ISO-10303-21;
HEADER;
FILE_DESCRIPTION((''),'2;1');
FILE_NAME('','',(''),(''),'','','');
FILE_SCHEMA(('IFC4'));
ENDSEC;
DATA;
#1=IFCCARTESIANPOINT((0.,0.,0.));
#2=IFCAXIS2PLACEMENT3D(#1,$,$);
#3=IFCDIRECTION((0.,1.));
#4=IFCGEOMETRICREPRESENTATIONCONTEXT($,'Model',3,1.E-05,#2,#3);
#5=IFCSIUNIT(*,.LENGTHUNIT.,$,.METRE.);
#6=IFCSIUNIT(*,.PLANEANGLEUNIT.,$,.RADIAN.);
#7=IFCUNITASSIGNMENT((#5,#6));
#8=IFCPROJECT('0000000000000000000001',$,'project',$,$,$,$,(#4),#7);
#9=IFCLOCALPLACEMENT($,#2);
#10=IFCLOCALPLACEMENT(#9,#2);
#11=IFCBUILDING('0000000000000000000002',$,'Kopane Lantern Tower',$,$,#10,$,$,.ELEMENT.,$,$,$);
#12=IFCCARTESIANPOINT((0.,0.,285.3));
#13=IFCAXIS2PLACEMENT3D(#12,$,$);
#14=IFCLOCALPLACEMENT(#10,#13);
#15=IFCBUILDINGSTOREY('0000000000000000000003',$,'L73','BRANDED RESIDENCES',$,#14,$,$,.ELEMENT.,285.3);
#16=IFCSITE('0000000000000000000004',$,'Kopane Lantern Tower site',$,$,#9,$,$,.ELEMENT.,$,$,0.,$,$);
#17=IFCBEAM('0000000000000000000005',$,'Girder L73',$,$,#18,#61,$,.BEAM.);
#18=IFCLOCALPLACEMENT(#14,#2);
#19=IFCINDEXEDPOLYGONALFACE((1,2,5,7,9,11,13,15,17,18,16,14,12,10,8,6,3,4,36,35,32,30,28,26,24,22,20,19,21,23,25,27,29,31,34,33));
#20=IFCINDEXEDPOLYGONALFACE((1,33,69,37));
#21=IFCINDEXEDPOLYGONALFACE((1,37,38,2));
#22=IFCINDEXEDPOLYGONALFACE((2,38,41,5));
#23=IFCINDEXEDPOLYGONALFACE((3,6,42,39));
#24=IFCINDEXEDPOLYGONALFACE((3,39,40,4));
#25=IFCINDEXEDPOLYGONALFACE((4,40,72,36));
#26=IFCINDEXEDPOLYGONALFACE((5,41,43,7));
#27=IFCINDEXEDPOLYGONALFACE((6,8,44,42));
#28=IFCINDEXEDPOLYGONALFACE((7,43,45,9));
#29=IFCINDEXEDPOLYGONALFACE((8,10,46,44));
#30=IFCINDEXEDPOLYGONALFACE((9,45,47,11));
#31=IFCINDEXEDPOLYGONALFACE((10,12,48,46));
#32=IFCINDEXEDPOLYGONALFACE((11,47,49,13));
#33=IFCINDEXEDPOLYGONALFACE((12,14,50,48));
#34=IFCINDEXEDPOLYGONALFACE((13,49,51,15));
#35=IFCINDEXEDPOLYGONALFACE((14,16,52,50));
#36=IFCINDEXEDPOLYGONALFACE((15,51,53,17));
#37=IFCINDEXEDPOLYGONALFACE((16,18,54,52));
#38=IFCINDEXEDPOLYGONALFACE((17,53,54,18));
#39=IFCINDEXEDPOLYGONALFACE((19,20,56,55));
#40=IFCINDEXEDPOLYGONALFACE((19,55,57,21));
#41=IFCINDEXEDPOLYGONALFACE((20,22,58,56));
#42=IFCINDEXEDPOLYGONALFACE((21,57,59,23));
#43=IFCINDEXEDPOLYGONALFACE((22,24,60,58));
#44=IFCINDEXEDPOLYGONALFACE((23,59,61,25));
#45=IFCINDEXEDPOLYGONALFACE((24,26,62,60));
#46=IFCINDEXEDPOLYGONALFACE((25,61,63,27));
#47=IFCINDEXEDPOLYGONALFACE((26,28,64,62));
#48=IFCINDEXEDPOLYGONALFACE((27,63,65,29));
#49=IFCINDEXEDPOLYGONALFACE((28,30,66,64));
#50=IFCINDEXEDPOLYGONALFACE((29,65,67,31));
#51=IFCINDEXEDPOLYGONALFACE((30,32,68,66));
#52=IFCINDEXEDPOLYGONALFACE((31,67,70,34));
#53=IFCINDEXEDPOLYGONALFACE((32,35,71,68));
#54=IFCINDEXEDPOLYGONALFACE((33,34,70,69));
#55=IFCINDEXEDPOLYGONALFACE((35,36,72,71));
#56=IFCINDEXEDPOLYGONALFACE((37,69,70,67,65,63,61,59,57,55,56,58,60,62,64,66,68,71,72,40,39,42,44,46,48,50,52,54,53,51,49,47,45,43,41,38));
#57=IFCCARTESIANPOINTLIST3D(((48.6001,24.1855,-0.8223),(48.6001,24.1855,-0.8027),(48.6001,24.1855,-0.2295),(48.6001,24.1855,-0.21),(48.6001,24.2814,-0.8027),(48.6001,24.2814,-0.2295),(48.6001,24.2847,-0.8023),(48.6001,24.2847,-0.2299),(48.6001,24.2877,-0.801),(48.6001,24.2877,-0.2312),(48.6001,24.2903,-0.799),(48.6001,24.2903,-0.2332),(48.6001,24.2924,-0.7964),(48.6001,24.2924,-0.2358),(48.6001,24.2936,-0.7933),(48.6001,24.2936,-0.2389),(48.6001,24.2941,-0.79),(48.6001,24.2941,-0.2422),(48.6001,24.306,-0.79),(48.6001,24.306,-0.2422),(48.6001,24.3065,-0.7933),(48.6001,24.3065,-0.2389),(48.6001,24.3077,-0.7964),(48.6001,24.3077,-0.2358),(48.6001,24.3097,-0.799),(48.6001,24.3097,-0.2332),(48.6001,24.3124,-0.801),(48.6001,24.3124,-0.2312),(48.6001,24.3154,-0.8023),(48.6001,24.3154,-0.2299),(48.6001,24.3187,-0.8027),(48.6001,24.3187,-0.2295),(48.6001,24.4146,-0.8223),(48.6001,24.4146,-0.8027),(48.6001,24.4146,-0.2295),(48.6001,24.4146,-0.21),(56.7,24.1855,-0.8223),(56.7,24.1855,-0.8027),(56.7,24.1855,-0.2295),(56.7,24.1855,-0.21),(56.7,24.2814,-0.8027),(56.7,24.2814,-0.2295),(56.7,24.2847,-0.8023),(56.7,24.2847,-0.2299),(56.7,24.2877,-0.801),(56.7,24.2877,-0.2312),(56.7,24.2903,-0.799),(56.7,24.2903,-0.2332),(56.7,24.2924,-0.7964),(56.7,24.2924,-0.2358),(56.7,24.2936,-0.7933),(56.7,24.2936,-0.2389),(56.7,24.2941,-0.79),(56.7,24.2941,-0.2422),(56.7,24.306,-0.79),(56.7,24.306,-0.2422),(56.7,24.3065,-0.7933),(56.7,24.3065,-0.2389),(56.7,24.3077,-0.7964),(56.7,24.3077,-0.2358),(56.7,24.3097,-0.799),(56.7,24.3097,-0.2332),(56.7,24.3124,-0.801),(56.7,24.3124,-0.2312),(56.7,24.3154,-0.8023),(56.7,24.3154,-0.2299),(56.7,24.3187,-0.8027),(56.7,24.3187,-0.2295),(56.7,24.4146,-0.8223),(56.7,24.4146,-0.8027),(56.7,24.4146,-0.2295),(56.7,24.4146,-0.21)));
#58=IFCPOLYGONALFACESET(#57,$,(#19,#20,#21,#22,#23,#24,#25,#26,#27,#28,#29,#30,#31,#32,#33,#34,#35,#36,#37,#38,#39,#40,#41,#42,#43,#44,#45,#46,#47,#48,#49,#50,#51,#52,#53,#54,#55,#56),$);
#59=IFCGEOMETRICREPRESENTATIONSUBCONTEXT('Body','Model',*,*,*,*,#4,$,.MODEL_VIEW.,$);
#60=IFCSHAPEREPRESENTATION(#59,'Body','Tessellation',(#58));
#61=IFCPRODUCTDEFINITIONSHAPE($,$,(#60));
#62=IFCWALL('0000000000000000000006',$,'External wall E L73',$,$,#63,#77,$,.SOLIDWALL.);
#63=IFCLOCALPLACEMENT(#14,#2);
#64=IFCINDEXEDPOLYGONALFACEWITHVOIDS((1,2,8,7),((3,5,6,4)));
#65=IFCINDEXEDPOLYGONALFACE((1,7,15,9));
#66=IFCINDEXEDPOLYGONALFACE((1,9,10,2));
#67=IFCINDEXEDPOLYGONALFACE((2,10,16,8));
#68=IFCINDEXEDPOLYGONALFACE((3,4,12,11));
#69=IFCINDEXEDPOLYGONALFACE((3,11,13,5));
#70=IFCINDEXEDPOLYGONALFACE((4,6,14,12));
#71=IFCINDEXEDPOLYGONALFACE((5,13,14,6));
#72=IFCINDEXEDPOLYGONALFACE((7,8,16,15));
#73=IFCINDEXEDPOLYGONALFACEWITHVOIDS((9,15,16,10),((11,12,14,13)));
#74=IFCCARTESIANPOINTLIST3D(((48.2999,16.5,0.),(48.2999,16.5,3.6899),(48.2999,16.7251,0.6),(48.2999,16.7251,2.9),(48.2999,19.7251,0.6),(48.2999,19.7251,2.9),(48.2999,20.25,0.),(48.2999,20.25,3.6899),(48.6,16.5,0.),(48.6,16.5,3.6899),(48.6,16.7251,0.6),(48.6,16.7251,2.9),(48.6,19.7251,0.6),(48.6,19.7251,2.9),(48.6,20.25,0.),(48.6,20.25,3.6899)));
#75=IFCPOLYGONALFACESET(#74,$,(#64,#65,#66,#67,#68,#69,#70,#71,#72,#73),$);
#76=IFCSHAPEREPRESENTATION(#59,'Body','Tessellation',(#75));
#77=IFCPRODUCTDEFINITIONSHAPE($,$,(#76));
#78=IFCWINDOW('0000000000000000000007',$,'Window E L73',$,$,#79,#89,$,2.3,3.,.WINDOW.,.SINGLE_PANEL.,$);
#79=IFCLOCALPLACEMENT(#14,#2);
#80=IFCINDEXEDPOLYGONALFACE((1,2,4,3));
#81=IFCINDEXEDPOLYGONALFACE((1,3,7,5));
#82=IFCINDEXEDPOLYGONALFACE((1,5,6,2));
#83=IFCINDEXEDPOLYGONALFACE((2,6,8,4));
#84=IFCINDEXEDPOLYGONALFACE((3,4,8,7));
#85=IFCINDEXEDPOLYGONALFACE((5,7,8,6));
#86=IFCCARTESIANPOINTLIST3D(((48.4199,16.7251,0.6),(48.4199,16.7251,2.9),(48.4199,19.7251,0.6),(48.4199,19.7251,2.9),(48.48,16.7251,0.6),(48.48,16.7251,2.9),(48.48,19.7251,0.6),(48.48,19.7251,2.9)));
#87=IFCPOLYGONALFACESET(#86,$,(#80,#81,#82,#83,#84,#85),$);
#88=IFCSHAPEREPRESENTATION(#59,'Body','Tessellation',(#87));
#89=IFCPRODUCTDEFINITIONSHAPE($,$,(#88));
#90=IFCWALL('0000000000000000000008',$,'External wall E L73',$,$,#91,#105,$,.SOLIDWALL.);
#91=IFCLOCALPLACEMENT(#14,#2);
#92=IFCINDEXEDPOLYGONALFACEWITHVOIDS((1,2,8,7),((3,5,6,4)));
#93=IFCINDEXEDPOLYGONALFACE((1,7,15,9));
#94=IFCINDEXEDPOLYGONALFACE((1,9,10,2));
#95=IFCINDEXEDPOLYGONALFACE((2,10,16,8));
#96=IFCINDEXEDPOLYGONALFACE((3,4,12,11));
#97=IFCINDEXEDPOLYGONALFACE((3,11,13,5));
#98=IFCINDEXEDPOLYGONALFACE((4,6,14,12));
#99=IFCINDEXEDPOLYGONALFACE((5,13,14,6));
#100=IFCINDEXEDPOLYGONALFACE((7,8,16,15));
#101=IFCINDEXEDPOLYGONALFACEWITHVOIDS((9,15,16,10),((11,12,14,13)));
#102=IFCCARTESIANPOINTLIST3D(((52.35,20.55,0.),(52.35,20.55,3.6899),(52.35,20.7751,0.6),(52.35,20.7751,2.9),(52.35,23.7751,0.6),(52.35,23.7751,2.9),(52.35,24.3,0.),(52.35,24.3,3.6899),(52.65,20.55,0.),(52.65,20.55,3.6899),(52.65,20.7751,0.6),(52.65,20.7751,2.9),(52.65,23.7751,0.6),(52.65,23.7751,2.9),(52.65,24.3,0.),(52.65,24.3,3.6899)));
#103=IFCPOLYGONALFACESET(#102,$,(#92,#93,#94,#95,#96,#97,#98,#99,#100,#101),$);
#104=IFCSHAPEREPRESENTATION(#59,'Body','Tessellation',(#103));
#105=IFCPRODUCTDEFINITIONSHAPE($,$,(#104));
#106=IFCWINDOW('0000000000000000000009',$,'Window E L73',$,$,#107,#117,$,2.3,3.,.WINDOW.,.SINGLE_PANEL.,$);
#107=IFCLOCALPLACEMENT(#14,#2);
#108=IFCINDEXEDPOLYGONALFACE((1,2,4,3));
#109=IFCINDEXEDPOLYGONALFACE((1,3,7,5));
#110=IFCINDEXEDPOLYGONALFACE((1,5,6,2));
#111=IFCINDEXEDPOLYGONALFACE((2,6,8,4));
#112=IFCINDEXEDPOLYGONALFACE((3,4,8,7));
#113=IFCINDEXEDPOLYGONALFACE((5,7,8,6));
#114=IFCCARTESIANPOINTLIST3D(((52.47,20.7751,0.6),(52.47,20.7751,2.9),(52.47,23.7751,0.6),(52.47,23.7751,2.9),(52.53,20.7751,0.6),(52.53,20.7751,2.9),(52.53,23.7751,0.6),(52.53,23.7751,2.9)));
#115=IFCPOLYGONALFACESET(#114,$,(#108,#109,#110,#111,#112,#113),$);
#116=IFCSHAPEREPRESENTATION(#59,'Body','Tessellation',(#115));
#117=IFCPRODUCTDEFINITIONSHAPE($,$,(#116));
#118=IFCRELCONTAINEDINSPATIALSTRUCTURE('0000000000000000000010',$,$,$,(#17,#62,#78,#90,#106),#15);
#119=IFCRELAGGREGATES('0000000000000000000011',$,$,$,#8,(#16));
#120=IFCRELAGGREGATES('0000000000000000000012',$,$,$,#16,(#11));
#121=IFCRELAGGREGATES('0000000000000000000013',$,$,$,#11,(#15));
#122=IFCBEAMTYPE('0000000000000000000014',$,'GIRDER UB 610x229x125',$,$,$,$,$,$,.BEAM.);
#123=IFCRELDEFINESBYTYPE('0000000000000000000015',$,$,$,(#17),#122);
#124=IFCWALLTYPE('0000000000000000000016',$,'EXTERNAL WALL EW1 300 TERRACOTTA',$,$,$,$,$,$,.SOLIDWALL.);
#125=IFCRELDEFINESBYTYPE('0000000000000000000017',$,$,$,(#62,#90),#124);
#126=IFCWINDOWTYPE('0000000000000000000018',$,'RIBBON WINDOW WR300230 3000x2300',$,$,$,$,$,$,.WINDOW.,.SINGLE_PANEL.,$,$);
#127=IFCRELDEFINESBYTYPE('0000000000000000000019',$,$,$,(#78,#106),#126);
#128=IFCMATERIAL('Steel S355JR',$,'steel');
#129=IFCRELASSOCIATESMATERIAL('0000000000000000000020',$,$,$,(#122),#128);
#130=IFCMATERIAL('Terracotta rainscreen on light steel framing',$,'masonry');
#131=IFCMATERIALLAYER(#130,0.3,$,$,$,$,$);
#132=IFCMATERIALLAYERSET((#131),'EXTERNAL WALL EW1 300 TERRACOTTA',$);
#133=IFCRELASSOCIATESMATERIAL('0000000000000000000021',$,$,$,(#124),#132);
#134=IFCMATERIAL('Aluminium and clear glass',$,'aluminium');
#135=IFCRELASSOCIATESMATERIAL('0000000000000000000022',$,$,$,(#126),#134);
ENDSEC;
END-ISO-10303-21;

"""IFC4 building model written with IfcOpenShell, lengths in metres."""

from ifc_helpers import new_model, si_unit, direction, frame, frame_2d, origin, origin_2d, place, context, subcontext, project, spatial, rectangle, i_section, extrude, material, layer, layer_set, material_profile, profile_set, type_object, element, fill, save


model = new_model("IFC4")

# Units and contexts
model_context = context("Model", 3, precision=1e-05, world=origin(), true_north=direction((0.0, 1.0)))
body_context = subcontext(model_context, "Body", "Model", "MODEL_VIEW")
ifc_project = project(units=[si_unit("LENGTHUNIT", "METRE"), si_unit("PLANEANGLEUNIT", "RADIAN")], contexts=[model_context])

# Site, building, storey
site_placement = place(None, origin())
site = spatial("IfcSite", under=ifc_project, at=site_placement, Name="Kopane Lantern Tower site", CompositionType="ELEMENT", RefElevation=0.0)
building_placement = place(site_placement, origin())
building = spatial("IfcBuilding", under=site, at=building_placement, Name="Kopane Lantern Tower", CompositionType="ELEMENT")
storey_placement = place(building_placement, frame((0.0, 0.0, 285.3)))
storey = spatial("IfcBuildingStorey", under=building, at=storey_placement, Name="L73", Description="BRANDED RESIDENCES", CompositionType="ELEMENT", Elevation=285.3)

# Beam
ifc_material_1 = material(Name="Steel S355JR", Category="steel")
ifc_material_profile_1 = material_profile(ifc_material_1, i_section(OverallWidth=0.229, OverallDepth=0.6123, WebThickness=0.012, FlangeThickness=0.0195, FilletRadius=0.0127, at=origin_2d()), Name="UB 610x229x125")
ifc_profile_set_1 = profile_set([ifc_material_profile_1], Name="Steel S355JR")
beam_type_1 = type_object("IfcBeamType", Name="GIRDER UB 610x229x125", PredefinedType="BEAM", material=ifc_profile_set_1)
for number, where, z_axis, x_axis, name in (
    (1, (48.6001, 24.3, -0.5161), (1.0, 0.0, 0.0), (0.0, 1.0, 0.0), "Girder L73"),
):
    element("IfcBeam", number, at=place(storey_placement, frame(where, z_axis=z_axis, x_axis=x_axis)), inside=storey, type_object=beam_type_1, Name=name, PredefinedType="BEAM", context=body_context, shape_type="SweptSolid", body=[
        extrude(i_section(OverallWidth=0.229, OverallDepth=0.6123, WebThickness=0.012, FlangeThickness=0.0195, FilletRadius=0.0127, at=origin_2d()), origin(), (0.0, 0.0, 1.0), 8.0999),
    ])

# Walls, openings, windows
ifc_material_2 = material(Name="Terracotta rainscreen on light steel framing", Category="masonry")
ifc_layer = layer(ifc_material_2, 0.3)
ifc_layer_set = layer_set([ifc_layer], Name="EXTERNAL WALL EW1 300 TERRACOTTA")
wall_type = type_object("IfcWallType", Name="EXTERNAL WALL EW1 300 TERRACOTTA", PredefinedType="SOLIDWALL", material=ifc_layer_set)
wall_1_placement = place(storey_placement, frame((48.45, 16.5, 0.0), z_axis=(0.0, 0.0, 1.0), x_axis=(0.0, 1.0, 0.0)))
wall_1 = element("IfcWall", 2, at=wall_1_placement, inside=storey, type_object=wall_type, Name="External wall E L73", PredefinedType="SOLIDWALL", context=body_context, shape_type="SweptSolid", body=[
    extrude(rectangle(XDim=3.75, YDim=0.3, at=frame_2d((1.875, 0.0))), origin(), (0.0, 0.0, 1.0), 3.6899),
])
opening_1_placement = place(wall_1_placement, frame((0.2251, 0.0, 0.6001)))
opening_1 = element("IfcOpeningElement", 3, at=opening_1_placement, cuts=wall_1, PredefinedType="OPENING", context=body_context, shape_type="SweptSolid", body=[
    extrude(rectangle(XDim=3.0, YDim=2.3, at=frame_2d((1.5, 1.1499))), frame((0.0, 0.1599, 0.0), z_axis=(0.0, -1.0, 0.0), x_axis=(1.0, 0.0, 0.0)), (0.0, 0.0, 1.0), 0.3201),
])
ifc_material_3 = material(Name="Aluminium and clear glass", Category="aluminium")
window_type = type_object("IfcWindowType", Name="RIBBON WINDOW WR300230 3000x2300", PartitioningType="SINGLE_PANEL", PredefinedType="WINDOW", material=ifc_material_3)
window_1_placement = place(opening_1_placement, origin())
window_1 = element("IfcWindow", 4, at=window_1_placement, inside=storey, type_object=window_type, Name="Window E L73", OverallHeight=2.3, OverallWidth=3.0, PartitioningType="SINGLE_PANEL", PredefinedType="WINDOW", context=body_context, shape_type="SweptSolid", body=[
    extrude(rectangle(XDim=3.0, YDim=2.3, at=frame_2d((1.5, 1.1499))), frame((0.0, 0.03, 0.0), z_axis=(0.0, -1.0, 0.0), x_axis=(1.0, 0.0, 0.0)), (0.0, 0.0, 1.0), 0.0601),
])
fill(opening_1, window_1)
wall_2_placement = place(storey_placement, frame((52.5, 20.55, 0.0), z_axis=(0.0, 0.0, 1.0), x_axis=(0.0, 1.0, 0.0)))
wall_2 = element("IfcWall", 5, at=wall_2_placement, inside=storey, type_object=wall_type, Name="External wall E L73", PredefinedType="SOLIDWALL", context=body_context, shape_type="SweptSolid", body=[
    extrude(rectangle(XDim=3.75, YDim=0.3, at=frame_2d((1.875, 0.0))), origin(), (0.0, 0.0, 1.0), 3.6899),
])
opening_2_placement = place(wall_2_placement, frame((0.2251, 0.0, 0.6001)))
opening_2 = element("IfcOpeningElement", 6, at=opening_2_placement, cuts=wall_2, PredefinedType="OPENING", context=body_context, shape_type="SweptSolid", body=[
    extrude(rectangle(XDim=3.0, YDim=2.3, at=frame_2d((1.5, 1.1499))), frame((0.0, 0.1599, 0.0), z_axis=(0.0, -1.0, 0.0), x_axis=(1.0, 0.0, 0.0)), (0.0, 0.0, 1.0), 0.3201),
])
window_2_placement = place(opening_2_placement, origin())
window_2 = element("IfcWindow", 7, at=window_2_placement, inside=storey, type_object=window_type, Name="Window E L73", OverallHeight=2.3, OverallWidth=3.0, PartitioningType="SINGLE_PANEL", PredefinedType="WINDOW", context=body_context, shape_type="SweptSolid", body=[
    extrude(rectangle(XDim=3.0, YDim=2.3, at=frame_2d((1.5, 1.1499))), frame((0.0, 0.03, 0.0), z_axis=(0.0, -1.0, 0.0), x_axis=(1.0, 0.0, 0.0)), (0.0, 0.0, 1.0), 0.0601),
])
fill(opening_2, window_2)

save(model, "model.ifc")
